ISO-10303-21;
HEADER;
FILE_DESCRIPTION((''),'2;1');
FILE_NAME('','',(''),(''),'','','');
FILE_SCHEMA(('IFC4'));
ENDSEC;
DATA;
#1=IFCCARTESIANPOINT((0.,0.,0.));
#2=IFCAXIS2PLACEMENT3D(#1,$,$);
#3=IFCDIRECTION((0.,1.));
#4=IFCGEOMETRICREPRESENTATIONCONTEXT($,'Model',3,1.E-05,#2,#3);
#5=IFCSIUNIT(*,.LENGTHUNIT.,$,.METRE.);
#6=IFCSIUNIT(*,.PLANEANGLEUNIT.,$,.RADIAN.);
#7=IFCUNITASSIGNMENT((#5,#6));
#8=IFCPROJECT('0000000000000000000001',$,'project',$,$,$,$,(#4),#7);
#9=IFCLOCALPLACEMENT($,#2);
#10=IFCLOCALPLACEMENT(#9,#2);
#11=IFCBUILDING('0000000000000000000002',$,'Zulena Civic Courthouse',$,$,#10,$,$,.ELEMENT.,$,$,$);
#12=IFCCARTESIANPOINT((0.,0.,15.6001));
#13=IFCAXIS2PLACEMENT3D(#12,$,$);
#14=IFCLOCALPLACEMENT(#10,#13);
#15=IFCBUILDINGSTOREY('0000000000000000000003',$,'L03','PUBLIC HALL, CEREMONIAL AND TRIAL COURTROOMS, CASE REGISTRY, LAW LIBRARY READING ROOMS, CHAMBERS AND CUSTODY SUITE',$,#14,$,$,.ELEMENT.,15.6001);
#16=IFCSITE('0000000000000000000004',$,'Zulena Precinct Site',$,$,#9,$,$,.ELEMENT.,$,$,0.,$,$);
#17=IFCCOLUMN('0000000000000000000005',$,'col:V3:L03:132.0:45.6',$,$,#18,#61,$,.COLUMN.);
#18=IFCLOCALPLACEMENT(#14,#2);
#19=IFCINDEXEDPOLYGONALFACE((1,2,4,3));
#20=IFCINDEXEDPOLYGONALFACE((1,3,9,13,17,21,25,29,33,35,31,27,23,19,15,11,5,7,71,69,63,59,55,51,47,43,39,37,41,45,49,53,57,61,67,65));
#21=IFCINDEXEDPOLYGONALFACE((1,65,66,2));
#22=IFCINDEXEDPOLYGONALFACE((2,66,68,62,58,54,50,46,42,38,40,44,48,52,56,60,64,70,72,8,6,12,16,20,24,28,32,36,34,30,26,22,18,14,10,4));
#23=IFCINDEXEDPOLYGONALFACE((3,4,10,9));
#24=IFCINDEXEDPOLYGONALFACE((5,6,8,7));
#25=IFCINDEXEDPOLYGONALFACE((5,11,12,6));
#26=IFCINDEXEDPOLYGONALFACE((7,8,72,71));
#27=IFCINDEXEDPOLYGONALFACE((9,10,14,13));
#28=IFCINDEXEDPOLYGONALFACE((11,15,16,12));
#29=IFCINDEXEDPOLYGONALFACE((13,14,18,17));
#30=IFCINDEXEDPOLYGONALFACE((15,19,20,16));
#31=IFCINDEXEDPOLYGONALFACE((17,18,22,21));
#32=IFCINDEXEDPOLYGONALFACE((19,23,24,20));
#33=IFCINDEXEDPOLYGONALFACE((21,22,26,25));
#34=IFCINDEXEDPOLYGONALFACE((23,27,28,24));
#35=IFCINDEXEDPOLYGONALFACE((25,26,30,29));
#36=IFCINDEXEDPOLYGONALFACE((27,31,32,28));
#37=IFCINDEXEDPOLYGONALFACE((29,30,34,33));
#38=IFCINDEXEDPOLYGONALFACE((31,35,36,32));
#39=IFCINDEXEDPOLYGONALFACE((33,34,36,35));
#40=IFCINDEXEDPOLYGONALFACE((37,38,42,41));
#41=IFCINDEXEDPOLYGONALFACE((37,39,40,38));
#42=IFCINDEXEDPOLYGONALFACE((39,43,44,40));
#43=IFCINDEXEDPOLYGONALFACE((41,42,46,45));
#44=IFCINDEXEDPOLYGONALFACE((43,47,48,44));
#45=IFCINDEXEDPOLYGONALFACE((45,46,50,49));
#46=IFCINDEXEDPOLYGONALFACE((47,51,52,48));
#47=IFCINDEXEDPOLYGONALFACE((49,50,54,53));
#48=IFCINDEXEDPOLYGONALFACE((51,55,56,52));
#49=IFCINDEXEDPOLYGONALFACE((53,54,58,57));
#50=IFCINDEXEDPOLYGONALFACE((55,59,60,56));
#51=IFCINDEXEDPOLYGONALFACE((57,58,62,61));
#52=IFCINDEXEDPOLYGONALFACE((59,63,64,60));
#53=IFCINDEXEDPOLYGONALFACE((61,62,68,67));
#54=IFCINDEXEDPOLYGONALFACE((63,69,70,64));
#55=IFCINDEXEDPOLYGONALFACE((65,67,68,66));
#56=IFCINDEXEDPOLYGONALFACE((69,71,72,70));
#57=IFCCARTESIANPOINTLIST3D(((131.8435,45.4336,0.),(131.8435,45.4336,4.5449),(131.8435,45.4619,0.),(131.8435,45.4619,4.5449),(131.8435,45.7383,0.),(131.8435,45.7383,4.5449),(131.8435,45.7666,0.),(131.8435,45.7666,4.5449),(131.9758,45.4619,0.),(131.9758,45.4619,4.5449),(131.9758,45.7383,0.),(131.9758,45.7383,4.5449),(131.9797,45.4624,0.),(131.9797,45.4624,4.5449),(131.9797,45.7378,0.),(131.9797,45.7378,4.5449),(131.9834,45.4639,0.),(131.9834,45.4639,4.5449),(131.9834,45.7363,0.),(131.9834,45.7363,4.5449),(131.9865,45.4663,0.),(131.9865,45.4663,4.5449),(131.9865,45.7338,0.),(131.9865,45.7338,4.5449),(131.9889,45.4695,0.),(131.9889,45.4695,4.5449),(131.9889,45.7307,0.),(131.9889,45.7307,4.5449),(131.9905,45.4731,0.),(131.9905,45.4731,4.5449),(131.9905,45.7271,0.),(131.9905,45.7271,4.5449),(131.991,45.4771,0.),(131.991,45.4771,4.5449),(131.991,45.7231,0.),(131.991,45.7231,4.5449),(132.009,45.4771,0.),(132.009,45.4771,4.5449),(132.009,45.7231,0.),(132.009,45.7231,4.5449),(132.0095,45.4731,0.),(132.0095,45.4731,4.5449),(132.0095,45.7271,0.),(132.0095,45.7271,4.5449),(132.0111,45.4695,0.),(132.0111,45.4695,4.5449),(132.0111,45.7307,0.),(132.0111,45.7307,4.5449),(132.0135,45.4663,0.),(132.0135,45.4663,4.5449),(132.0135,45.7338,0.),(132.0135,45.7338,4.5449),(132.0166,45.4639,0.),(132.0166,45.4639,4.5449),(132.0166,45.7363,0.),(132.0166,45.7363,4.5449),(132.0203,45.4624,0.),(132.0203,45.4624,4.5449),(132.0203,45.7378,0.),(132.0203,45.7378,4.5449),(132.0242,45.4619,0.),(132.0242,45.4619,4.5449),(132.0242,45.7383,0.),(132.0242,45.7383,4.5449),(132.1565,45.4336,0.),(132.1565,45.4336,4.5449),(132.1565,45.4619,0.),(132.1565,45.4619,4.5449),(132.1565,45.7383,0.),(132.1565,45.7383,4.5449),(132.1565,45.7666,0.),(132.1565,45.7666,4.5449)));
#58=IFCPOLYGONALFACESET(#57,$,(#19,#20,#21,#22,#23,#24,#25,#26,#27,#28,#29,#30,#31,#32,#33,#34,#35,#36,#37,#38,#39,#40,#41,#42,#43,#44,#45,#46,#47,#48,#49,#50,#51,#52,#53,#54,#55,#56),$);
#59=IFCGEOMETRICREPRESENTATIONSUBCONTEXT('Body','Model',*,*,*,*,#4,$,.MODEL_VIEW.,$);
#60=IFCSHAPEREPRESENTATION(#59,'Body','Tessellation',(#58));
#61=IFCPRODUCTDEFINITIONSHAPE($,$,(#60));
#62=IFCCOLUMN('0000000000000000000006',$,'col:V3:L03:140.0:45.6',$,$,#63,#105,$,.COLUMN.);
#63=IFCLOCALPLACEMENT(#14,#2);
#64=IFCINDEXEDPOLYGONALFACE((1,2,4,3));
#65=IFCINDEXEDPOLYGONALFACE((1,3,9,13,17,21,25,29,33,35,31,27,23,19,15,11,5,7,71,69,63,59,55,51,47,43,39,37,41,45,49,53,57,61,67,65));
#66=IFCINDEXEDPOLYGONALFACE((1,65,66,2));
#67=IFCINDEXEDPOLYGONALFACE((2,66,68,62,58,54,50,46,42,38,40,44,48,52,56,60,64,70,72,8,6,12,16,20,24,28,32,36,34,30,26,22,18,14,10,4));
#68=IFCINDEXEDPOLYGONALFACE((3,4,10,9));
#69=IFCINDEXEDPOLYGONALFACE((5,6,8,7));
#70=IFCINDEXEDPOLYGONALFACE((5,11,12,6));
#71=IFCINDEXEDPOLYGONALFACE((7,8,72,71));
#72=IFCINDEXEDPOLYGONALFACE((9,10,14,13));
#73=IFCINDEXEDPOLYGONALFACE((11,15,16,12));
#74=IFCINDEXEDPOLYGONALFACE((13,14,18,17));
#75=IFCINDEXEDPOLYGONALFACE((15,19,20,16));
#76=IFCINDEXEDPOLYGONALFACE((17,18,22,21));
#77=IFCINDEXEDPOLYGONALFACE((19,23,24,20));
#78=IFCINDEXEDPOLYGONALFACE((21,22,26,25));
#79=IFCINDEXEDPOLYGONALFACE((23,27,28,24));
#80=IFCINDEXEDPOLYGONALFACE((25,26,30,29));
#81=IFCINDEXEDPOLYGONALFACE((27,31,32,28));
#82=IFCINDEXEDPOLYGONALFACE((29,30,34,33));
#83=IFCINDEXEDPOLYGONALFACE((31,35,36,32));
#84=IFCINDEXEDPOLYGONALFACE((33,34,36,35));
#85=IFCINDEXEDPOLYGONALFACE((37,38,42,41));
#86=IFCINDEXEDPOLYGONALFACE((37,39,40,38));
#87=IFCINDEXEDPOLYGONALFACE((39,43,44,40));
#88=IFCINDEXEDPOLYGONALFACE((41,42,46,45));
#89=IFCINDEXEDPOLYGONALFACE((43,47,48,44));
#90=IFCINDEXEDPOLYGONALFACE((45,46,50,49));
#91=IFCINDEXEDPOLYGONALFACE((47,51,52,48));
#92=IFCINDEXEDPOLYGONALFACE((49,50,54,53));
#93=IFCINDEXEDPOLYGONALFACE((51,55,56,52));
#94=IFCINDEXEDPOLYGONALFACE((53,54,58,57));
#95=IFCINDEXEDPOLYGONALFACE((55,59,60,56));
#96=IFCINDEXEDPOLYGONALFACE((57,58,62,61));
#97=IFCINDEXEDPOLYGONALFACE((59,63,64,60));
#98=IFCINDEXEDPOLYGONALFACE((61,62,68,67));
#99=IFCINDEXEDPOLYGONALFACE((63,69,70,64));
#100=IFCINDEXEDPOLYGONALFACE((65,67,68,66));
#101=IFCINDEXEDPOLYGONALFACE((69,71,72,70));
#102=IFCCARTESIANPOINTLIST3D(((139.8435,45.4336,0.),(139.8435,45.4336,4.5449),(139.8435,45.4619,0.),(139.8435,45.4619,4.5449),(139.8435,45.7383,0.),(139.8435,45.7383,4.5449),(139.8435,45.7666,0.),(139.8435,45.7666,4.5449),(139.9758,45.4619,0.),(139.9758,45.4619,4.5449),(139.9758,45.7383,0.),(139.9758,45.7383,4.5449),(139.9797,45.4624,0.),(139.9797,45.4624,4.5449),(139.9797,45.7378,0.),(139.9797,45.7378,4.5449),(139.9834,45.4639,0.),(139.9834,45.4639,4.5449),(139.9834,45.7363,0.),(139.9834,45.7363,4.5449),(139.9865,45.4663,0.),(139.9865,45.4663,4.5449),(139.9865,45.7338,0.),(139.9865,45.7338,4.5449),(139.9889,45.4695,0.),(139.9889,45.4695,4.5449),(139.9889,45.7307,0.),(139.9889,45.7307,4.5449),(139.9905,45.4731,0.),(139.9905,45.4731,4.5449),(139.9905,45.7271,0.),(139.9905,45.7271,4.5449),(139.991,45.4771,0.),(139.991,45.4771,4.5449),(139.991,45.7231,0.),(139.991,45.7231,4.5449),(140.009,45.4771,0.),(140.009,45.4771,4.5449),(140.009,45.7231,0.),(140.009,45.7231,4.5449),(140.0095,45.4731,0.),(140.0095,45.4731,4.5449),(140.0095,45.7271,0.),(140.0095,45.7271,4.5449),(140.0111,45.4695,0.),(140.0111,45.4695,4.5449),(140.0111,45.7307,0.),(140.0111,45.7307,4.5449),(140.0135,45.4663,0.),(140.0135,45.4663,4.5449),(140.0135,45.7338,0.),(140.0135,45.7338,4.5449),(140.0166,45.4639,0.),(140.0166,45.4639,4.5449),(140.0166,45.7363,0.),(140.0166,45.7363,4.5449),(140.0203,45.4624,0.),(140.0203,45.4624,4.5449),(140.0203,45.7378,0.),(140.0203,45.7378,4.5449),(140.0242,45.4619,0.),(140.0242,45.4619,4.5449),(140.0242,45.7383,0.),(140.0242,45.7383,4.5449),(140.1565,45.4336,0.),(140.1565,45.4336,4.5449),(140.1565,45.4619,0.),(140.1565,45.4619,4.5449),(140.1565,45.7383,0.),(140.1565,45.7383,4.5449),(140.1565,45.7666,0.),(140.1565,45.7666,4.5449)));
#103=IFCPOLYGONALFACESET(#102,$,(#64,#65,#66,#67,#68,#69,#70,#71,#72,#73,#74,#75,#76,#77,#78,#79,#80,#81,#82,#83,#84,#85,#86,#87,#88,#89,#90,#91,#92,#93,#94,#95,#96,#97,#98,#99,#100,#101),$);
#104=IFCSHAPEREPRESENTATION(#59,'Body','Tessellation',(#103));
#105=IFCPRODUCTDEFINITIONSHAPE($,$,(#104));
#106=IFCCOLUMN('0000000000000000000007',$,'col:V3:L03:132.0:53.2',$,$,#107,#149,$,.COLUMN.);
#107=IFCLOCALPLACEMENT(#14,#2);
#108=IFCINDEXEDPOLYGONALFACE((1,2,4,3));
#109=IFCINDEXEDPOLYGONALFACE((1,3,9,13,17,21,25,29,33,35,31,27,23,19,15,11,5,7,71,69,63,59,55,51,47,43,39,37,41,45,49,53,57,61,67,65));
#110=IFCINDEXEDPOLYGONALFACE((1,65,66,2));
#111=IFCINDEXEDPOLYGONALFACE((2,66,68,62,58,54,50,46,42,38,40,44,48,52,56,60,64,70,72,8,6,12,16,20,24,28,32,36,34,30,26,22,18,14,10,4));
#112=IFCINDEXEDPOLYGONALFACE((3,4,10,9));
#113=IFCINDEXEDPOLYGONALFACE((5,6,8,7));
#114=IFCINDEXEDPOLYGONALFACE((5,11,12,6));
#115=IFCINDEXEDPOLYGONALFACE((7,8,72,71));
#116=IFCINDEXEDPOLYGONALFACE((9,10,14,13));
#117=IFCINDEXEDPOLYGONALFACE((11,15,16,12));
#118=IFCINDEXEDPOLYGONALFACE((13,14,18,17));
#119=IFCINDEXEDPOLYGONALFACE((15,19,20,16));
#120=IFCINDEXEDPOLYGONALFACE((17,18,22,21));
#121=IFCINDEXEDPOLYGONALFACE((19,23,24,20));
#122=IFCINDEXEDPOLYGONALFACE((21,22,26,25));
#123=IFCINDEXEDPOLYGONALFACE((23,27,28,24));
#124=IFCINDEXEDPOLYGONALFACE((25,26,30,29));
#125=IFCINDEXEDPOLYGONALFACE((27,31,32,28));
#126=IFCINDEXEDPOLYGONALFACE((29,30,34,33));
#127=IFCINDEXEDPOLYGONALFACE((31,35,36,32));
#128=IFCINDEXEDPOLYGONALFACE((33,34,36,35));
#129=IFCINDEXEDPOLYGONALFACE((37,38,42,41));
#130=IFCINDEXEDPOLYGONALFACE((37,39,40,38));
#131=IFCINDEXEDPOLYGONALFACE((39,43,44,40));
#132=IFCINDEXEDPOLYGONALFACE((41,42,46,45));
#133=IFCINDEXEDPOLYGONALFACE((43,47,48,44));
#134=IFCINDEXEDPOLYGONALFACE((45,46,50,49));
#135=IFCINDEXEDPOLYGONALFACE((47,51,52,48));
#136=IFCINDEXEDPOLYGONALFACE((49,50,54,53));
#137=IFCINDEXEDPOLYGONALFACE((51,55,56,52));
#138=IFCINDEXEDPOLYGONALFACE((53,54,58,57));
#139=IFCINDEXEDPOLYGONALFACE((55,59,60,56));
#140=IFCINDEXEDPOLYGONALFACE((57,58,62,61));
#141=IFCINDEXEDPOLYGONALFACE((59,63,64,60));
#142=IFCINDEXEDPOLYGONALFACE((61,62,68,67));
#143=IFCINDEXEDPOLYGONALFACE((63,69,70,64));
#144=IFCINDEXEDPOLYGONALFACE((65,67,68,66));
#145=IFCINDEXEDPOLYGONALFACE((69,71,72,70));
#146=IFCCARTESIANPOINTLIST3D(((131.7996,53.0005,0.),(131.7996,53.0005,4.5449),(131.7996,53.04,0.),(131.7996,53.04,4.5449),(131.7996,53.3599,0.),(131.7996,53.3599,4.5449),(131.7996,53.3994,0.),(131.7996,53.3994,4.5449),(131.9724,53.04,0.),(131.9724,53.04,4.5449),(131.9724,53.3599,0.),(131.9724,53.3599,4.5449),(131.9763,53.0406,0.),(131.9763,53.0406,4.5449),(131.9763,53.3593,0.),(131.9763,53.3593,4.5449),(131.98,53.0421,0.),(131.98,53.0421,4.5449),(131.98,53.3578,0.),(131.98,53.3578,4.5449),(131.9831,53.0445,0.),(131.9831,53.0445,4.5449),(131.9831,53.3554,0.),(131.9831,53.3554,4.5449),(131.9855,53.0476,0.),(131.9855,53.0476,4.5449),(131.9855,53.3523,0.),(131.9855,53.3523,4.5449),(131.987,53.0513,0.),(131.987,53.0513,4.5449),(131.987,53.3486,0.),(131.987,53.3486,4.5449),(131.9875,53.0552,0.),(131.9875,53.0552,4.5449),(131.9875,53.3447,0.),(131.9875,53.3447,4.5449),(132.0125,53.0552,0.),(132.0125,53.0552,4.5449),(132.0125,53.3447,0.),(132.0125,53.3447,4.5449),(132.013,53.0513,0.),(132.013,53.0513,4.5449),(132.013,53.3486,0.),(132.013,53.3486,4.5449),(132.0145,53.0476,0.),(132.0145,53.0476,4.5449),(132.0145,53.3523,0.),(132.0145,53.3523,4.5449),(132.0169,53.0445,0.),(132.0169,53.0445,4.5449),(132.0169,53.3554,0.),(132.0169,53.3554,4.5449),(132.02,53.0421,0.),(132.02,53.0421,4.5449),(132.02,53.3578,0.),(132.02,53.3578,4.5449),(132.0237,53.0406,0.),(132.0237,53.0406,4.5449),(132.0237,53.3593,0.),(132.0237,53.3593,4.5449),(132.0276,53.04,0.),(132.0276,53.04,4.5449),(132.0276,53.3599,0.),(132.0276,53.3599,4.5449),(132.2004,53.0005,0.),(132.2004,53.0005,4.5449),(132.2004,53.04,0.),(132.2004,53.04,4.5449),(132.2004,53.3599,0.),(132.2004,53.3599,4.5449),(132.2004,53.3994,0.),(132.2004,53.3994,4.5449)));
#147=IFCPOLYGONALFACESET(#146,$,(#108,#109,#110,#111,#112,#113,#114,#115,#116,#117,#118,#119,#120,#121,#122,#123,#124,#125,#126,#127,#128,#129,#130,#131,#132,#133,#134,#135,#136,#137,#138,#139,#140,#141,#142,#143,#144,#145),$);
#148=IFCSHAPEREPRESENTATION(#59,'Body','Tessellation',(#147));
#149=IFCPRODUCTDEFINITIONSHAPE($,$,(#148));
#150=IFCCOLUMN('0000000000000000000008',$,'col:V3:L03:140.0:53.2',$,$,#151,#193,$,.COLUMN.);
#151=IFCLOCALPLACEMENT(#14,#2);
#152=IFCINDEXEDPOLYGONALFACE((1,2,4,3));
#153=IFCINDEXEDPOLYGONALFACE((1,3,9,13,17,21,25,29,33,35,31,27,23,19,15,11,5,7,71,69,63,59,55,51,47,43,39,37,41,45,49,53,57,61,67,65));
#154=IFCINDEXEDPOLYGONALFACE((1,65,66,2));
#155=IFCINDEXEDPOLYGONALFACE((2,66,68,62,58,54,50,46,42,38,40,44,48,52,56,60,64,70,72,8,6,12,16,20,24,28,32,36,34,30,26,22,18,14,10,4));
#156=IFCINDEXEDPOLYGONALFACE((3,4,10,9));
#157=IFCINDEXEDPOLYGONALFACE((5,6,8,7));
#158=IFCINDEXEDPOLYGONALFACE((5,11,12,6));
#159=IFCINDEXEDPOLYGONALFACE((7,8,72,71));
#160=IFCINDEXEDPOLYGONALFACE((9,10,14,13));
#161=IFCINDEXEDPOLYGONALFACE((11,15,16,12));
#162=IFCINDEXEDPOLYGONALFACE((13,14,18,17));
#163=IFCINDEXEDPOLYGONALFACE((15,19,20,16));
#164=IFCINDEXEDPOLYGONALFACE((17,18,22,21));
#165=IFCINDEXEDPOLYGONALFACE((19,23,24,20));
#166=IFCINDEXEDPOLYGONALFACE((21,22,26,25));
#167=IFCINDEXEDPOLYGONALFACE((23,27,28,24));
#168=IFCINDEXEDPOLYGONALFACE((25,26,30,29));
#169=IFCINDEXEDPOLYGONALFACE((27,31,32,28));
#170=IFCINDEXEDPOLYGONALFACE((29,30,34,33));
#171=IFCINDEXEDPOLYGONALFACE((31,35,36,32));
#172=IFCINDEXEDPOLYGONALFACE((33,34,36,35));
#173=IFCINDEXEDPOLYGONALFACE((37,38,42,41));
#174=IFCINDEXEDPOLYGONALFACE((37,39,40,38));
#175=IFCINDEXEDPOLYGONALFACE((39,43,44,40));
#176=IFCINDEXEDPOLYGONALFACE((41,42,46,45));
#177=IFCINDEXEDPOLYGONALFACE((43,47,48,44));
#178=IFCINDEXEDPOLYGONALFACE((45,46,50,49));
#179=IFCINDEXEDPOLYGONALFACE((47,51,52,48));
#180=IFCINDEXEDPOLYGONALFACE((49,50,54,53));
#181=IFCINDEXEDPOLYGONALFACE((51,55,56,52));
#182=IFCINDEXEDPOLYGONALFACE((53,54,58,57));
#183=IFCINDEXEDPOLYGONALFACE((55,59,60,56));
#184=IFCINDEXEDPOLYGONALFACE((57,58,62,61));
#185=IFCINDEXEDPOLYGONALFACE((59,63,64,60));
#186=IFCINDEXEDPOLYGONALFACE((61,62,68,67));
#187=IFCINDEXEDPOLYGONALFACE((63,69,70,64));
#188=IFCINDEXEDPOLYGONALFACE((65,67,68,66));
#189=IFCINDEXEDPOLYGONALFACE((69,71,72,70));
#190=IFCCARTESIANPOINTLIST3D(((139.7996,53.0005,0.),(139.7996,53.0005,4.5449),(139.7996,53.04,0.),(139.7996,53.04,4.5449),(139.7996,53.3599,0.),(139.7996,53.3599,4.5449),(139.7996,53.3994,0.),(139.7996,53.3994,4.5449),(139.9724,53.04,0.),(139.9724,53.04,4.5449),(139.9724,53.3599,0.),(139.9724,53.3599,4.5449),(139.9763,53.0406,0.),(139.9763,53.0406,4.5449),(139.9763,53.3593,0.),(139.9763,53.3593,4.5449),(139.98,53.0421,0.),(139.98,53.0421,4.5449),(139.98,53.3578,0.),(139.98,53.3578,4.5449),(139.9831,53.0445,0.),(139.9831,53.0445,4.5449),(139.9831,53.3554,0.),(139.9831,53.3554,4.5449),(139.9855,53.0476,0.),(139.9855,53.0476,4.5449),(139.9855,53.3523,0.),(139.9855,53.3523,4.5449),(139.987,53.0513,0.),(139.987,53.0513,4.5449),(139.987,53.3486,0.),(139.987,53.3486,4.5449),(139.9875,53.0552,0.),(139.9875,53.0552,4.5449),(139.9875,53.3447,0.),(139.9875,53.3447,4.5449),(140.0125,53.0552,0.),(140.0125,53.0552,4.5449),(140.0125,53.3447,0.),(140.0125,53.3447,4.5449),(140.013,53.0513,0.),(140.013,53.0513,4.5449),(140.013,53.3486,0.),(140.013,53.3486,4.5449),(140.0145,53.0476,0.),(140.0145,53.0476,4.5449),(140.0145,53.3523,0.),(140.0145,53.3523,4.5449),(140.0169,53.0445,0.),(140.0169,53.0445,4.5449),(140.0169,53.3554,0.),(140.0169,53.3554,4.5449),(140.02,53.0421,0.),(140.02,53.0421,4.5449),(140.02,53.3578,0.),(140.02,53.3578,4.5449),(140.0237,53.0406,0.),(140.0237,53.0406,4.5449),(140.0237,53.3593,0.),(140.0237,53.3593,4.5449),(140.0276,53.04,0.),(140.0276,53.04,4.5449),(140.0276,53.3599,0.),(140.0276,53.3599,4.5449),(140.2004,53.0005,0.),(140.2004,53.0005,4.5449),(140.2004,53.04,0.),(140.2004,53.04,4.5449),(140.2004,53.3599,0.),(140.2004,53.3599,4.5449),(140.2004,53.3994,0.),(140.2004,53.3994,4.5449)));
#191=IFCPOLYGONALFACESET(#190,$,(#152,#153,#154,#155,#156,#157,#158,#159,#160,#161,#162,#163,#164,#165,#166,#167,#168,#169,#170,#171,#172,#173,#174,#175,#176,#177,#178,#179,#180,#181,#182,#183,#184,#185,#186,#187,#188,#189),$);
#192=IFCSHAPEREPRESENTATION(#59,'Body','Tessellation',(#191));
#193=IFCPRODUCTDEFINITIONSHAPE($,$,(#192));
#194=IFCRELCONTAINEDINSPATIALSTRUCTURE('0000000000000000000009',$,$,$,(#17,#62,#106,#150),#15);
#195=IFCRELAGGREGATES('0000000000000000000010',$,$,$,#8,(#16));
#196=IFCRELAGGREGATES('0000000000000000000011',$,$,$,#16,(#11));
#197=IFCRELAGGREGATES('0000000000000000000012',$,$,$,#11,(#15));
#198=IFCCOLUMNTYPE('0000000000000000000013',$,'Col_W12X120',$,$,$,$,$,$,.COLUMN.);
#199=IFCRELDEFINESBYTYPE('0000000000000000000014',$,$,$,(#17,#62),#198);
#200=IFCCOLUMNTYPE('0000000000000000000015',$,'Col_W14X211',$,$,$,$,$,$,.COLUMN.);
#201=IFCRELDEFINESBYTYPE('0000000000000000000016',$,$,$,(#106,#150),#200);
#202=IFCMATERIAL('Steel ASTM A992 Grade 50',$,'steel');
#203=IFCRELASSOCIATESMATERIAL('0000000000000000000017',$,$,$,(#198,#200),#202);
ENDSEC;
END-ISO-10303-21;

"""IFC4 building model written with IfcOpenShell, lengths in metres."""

from ifc_helpers import new_model, si_unit, direction, frame, origin, origin_2d, place, context, subcontext, project, spatial, i_section, extrude, material, material_profile, profile_set, type_object, element, save


model = new_model("IFC4")

# Units and contexts
model_context = context("Model", 3, precision=1e-05, world=origin(), true_north=direction((0.0, 1.0)))
body_context = subcontext(model_context, "Body", "Model", "MODEL_VIEW")
ifc_project = project(units=[si_unit("LENGTHUNIT", "METRE"), si_unit("PLANEANGLEUNIT", "RADIAN")], contexts=[model_context])

# Site, building, storey
site_placement = place(None, origin())
site = spatial("IfcSite", under=ifc_project, at=site_placement, Name="Zulena Precinct Site", CompositionType="ELEMENT", RefElevation=0.0)
building_placement = place(site_placement, origin())
building = spatial("IfcBuilding", under=site, at=building_placement, Name="Zulena Civic Courthouse", CompositionType="ELEMENT")
storey_placement = place(building_placement, frame((0.0, 0.0, 15.6001)))
storey = spatial("IfcBuildingStorey", under=building, at=storey_placement, Name="L03", Description="PUBLIC HALL, CEREMONIAL AND TRIAL COURTROOMS, CASE REGISTRY, LAW LIBRARY READING ROOMS, CHAMBERS AND CUSTODY SUITE", CompositionType="ELEMENT", Elevation=15.6001)

# Columns
ifc_material_1 = material(Name="Steel ASTM A992 Grade 50", Category="steel")
ifc_material_profile_1 = material_profile(ifc_material_1, i_section(OverallWidth=0.313, OverallDepth=0.333, WebThickness=0.0181, FlangeThickness=0.0283, FilletRadius=0.0151, at=origin_2d()), Name="W12X120")
ifc_profile_set_1 = profile_set([ifc_material_profile_1], Name="Steel ASTM A992 Grade 50")
column_type_1 = type_object("IfcColumnType", Name="Col_W12X120", PredefinedType="COLUMN", material=ifc_profile_set_1)
for number, where, z_axis, x_axis, name in (
    (1, (132.0, 45.6001, 0.0), (0.0, 0.0, 1.0), (1.0, 0.0, 0.0), "col:V3:L03:132.0:45.6"),
    (2, (140.0, 45.6001, 0.0), (0.0, 0.0, 1.0), (1.0, 0.0, 0.0), "col:V3:L03:140.0:45.6"),
):
    element("IfcColumn", number, at=place(storey_placement, frame(where, z_axis=z_axis, x_axis=x_axis)), inside=storey, type_object=column_type_1, Name=name, PredefinedType="COLUMN", context=body_context, shape_type="SweptSolid", body=[
        extrude(i_section(OverallWidth=0.313, OverallDepth=0.333, WebThickness=0.0181, FlangeThickness=0.0283, FilletRadius=0.0151, at=origin_2d()), origin(), (0.0, 0.0, 1.0), 4.5449),
    ])
ifc_material_profile_2 = material_profile(ifc_material_1, i_section(OverallWidth=0.4009, OverallDepth=0.3989, WebThickness=0.0249, FlangeThickness=0.0396, FilletRadius=0.0151, at=origin_2d()), Name="W14X211")
ifc_profile_set_2 = profile_set([ifc_material_profile_2], Name="Steel ASTM A992 Grade 50")
column_type_2 = type_object("IfcColumnType", Name="Col_W14X211", PredefinedType="COLUMN", material=ifc_profile_set_2)
for number, where, z_axis, x_axis, name in (
    (3, (132.0, 53.2, 0.0), (0.0, 0.0, 1.0), (1.0, 0.0, 0.0), "col:V3:L03:132.0:53.2"),
    (4, (140.0, 53.2, 0.0), (0.0, 0.0, 1.0), (1.0, 0.0, 0.0), "col:V3:L03:140.0:53.2"),
):
    element("IfcColumn", number, at=place(storey_placement, frame(where, z_axis=z_axis, x_axis=x_axis)), inside=storey, type_object=column_type_2, Name=name, PredefinedType="COLUMN", context=body_context, shape_type="SweptSolid", body=[
        extrude(i_section(OverallWidth=0.4009, OverallDepth=0.3989, WebThickness=0.0249, FlangeThickness=0.0396, FilletRadius=0.0151, at=origin_2d()), origin(), (0.0, 0.0, 1.0), 4.5449),
    ])

save(model, "model.ifc")
